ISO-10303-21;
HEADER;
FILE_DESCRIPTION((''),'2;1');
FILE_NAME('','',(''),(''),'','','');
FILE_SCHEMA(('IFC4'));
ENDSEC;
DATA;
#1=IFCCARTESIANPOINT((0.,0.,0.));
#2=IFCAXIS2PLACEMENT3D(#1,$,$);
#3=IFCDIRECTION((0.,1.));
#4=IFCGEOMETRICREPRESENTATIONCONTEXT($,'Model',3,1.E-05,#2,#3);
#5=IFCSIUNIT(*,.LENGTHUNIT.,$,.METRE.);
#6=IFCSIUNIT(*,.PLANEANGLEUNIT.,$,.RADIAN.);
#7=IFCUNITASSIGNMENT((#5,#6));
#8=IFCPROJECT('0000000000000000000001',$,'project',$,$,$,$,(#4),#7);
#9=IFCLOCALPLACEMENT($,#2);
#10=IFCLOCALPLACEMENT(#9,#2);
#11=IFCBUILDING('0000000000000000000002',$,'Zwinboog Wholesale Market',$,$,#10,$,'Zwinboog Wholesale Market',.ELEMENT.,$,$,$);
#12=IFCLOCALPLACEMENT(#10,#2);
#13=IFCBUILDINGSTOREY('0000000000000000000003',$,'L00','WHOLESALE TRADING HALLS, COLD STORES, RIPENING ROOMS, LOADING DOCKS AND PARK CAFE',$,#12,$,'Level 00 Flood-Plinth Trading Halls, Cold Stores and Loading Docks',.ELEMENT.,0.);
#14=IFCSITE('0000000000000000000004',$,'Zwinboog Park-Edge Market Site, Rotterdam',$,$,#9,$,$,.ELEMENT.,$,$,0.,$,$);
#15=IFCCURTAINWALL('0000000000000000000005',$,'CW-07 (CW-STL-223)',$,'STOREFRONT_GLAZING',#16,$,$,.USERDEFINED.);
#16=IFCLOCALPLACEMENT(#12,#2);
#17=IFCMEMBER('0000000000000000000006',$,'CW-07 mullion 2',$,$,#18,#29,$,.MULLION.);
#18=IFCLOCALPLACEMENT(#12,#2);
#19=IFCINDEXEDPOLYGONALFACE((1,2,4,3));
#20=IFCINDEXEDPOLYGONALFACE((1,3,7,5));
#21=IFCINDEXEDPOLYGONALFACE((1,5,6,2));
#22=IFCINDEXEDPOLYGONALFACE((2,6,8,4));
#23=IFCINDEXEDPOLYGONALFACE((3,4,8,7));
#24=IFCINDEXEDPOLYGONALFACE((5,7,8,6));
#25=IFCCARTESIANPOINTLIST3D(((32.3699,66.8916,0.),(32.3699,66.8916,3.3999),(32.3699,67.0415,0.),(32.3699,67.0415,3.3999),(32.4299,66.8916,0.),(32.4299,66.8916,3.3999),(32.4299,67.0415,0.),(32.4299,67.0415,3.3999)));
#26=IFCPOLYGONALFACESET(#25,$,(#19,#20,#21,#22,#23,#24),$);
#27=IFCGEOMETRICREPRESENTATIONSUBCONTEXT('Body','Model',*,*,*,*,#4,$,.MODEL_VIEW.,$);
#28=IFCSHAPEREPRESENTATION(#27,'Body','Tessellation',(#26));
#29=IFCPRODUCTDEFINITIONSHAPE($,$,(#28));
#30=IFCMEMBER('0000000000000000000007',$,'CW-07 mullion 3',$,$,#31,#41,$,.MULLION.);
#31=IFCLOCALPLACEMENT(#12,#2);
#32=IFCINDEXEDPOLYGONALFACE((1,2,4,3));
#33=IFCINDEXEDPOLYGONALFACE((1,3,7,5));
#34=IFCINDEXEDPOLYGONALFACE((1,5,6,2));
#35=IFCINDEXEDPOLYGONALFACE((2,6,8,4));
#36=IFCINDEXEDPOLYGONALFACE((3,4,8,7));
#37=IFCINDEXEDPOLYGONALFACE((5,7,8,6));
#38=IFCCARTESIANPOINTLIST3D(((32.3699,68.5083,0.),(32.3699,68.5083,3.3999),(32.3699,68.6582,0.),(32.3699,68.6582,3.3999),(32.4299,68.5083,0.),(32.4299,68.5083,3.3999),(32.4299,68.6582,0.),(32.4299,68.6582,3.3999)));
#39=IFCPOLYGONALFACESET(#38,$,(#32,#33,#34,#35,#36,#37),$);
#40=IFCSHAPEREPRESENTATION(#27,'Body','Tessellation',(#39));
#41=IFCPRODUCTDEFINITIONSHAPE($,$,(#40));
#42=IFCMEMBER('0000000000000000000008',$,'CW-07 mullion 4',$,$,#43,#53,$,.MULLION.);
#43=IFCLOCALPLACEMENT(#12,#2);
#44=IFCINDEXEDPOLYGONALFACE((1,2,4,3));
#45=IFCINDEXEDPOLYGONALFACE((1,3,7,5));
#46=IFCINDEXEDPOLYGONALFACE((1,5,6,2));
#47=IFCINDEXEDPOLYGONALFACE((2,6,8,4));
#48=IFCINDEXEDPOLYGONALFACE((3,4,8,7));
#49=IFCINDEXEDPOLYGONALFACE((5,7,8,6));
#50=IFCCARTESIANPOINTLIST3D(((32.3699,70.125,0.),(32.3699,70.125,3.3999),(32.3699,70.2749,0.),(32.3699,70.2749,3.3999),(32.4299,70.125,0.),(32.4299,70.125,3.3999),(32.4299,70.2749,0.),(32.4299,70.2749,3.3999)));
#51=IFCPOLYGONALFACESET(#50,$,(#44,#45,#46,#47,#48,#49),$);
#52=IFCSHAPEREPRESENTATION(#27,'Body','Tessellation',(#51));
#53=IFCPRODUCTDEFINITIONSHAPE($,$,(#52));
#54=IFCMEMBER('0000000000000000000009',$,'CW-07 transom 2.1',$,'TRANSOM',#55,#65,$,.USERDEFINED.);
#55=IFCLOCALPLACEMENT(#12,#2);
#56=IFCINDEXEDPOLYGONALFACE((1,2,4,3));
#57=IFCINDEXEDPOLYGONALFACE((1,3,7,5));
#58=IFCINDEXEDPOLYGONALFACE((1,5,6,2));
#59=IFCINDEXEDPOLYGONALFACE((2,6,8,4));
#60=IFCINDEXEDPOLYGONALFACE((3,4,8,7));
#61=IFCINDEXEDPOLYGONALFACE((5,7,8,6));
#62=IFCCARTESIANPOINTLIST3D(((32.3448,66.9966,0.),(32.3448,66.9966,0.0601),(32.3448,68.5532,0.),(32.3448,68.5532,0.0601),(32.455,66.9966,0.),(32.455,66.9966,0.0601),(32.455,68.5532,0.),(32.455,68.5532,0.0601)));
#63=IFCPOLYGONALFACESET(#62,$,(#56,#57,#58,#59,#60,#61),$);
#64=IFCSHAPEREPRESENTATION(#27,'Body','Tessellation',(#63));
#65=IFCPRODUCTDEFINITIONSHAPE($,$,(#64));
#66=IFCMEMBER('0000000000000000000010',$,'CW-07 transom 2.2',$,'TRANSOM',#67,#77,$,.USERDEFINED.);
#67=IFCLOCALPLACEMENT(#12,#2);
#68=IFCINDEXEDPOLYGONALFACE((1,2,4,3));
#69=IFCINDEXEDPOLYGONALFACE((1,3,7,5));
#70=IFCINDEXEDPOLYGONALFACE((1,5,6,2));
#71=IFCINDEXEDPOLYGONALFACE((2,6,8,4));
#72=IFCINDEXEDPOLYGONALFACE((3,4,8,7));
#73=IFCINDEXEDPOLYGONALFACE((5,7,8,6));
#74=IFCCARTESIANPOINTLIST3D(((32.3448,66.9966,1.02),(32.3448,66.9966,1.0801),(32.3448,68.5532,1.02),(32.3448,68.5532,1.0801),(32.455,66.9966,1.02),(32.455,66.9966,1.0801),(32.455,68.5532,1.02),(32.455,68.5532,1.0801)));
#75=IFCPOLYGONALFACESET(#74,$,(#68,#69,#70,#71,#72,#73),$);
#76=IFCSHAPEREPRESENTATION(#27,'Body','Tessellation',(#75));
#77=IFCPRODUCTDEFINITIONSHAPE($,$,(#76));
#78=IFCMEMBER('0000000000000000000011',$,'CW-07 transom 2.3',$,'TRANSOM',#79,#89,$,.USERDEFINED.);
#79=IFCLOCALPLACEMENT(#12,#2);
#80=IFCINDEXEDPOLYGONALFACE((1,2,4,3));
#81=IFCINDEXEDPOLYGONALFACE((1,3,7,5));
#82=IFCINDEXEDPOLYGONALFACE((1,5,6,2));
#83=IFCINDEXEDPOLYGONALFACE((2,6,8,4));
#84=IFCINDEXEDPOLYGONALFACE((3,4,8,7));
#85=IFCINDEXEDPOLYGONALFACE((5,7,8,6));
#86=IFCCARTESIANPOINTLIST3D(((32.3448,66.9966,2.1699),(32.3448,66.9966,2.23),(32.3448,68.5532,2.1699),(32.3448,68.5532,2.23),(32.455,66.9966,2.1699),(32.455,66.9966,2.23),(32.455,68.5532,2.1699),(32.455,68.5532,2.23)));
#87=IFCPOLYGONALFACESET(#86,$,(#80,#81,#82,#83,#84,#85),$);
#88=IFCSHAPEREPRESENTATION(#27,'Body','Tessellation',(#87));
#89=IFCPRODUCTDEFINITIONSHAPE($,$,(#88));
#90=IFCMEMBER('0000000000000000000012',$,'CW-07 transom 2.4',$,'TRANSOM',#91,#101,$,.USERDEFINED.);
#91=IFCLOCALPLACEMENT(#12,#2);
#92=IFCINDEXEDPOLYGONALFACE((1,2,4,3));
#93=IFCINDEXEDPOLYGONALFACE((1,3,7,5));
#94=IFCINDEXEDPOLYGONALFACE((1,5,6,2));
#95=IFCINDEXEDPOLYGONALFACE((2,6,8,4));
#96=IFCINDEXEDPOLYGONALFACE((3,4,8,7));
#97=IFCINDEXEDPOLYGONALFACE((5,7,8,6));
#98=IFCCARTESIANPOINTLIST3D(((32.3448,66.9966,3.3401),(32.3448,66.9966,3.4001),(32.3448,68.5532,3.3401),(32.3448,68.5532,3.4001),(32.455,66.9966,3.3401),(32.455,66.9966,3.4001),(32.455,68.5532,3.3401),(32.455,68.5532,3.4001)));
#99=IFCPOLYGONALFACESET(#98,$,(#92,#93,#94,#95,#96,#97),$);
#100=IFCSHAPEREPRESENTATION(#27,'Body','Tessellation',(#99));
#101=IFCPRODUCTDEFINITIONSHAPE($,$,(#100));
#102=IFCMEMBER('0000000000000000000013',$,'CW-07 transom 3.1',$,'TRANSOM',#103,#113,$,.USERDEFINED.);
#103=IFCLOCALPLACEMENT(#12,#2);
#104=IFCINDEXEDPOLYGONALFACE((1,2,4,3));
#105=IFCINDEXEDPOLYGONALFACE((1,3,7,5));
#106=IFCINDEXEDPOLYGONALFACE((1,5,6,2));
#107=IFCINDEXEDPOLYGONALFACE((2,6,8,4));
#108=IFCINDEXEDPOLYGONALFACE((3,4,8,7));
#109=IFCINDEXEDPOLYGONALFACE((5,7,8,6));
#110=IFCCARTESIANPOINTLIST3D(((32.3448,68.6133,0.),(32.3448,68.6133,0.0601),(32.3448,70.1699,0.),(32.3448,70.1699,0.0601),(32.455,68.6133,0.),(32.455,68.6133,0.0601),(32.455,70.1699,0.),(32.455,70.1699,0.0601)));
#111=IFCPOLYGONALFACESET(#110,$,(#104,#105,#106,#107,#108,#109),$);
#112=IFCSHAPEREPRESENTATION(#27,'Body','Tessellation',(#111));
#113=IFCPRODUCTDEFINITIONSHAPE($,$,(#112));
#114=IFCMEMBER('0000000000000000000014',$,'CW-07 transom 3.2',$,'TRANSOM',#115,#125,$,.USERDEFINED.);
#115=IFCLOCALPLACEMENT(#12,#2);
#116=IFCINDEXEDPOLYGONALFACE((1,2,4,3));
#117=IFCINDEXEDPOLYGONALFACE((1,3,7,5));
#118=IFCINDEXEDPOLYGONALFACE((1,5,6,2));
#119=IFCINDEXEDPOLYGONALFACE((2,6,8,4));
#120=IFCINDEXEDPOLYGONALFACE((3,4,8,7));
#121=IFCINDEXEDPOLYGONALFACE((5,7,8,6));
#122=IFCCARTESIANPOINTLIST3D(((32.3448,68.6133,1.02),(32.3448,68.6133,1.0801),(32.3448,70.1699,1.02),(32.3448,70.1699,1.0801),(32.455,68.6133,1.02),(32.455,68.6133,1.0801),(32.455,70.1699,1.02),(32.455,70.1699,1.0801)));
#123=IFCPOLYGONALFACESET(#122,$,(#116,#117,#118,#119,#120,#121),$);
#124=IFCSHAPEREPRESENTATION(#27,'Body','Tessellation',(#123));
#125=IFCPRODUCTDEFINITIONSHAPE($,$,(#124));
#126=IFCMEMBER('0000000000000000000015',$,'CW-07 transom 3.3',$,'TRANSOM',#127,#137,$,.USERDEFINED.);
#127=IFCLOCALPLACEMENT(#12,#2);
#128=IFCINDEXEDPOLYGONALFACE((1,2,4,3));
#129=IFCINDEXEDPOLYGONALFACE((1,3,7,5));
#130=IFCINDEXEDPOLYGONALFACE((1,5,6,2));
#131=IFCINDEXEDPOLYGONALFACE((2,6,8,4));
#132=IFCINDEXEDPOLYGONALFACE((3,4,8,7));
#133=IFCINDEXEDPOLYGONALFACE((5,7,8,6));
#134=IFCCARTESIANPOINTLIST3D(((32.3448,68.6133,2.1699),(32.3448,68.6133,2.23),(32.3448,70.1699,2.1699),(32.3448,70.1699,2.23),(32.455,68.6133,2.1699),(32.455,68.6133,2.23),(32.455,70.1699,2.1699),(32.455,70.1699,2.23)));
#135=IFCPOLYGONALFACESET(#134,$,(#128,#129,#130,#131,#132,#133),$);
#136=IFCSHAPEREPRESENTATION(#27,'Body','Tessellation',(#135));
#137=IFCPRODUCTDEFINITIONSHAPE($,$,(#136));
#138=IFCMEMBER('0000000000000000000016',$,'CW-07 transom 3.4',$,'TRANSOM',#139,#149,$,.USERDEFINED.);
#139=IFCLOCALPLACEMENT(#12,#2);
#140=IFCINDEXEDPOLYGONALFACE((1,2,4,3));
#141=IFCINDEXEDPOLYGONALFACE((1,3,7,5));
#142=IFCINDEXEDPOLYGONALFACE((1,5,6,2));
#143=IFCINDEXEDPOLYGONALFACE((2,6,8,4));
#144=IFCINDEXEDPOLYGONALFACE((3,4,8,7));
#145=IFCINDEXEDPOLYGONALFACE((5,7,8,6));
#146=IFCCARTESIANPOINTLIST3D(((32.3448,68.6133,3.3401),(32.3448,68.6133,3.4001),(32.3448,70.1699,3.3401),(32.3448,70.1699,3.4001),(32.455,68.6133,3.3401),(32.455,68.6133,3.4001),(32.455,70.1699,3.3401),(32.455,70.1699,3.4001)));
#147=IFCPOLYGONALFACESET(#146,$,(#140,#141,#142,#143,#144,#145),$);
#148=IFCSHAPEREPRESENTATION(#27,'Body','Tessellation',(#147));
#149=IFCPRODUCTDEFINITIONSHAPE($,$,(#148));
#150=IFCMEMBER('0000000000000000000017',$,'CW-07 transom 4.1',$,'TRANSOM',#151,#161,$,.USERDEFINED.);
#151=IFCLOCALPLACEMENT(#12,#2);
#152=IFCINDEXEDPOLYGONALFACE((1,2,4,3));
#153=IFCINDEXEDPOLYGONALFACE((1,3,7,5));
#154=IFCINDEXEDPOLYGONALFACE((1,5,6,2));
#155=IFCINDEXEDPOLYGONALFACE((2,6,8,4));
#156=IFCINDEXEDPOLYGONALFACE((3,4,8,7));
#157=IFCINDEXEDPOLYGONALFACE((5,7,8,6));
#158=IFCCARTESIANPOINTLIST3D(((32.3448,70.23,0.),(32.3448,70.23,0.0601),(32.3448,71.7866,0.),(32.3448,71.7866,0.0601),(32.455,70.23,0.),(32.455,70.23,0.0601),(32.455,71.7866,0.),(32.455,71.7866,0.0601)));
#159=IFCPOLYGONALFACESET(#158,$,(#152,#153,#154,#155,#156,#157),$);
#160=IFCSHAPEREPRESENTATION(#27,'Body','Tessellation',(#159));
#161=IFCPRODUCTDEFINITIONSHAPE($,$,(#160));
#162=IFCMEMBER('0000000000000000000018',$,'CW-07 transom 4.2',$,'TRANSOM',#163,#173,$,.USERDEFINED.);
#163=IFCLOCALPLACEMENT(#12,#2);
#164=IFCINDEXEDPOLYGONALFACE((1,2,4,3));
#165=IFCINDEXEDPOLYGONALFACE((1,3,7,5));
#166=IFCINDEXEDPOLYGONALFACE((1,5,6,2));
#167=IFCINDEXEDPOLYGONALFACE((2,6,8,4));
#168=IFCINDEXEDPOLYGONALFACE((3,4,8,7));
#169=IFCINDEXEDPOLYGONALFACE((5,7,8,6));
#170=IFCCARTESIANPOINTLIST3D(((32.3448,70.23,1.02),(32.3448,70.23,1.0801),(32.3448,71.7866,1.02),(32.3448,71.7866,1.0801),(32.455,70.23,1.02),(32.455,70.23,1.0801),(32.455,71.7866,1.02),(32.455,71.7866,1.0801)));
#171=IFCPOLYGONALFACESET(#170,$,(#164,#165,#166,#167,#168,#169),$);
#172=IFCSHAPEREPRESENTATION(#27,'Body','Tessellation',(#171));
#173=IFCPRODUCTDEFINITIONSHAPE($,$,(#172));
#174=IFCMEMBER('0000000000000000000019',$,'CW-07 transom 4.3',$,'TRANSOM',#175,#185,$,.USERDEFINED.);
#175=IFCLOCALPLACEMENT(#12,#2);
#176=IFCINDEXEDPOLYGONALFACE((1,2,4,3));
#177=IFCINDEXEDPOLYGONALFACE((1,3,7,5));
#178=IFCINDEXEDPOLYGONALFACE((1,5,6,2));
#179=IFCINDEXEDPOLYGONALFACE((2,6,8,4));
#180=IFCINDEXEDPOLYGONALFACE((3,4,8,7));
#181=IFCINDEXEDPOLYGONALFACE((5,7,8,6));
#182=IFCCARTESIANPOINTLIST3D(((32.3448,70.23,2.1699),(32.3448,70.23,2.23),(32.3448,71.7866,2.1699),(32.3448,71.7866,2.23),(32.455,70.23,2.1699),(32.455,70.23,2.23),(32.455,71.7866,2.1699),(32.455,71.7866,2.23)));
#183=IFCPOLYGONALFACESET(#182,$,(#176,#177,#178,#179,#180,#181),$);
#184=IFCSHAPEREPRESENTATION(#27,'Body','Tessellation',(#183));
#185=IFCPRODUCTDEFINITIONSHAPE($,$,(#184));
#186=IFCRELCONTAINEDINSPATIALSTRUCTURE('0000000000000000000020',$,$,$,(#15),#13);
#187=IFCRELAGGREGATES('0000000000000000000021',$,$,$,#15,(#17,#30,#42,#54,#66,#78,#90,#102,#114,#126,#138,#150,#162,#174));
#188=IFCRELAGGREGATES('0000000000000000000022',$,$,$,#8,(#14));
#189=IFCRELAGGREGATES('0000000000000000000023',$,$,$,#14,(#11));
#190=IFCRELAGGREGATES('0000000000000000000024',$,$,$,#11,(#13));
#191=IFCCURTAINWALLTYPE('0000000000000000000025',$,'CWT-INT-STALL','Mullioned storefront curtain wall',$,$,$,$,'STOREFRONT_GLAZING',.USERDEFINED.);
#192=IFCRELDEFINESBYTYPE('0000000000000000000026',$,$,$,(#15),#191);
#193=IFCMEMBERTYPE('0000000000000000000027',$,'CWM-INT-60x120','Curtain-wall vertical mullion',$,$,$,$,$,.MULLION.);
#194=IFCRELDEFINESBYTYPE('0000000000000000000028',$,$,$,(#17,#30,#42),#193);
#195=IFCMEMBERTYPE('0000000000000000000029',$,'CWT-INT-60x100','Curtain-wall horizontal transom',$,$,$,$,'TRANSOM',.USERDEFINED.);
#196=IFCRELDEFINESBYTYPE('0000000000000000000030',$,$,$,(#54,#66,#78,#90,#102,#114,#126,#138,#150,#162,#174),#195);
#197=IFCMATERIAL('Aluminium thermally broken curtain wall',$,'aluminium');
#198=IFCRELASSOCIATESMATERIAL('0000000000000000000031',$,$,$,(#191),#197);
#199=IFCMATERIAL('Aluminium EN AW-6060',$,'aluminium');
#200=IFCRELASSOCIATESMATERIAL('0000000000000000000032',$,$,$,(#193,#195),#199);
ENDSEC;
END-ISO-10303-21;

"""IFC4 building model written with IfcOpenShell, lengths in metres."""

from ifc_helpers import new_model, si_unit, direction, frame, origin, origin_2d, place, context, subcontext, project, spatial, rectangle, extrude, material, material_profile, profile_set, type_object, element, aggregate, save


model = new_model("IFC4")

# Units and contexts
model_context = context("Model", 3, precision=1e-05, world=origin(), true_north=direction((0.0, 1.0)))
body_context = subcontext(model_context, "Body", "Model", "MODEL_VIEW")
ifc_project = project(units=[si_unit("LENGTHUNIT", "METRE"), si_unit("PLANEANGLEUNIT", "RADIAN")], contexts=[model_context])

# Site, building, storey
site_placement = place(None, origin())
site = spatial("IfcSite", under=ifc_project, at=site_placement, Name="Zwinboog Park-Edge Market Site, Rotterdam", CompositionType="ELEMENT", RefElevation=0.0)
building_placement = place(site_placement, origin())
building = spatial("IfcBuilding", under=site, at=building_placement, Name="Zwinboog Wholesale Market", LongName="Zwinboog Wholesale Market", CompositionType="ELEMENT")
storey_placement = place(building_placement, origin())
storey = spatial("IfcBuildingStorey", under=building, at=storey_placement, Name="L00", Description="WHOLESALE TRADING HALLS, COLD STORES, RIPENING ROOMS, LOADING DOCKS AND PARK CAFE", LongName="Level 00 Flood-Plinth Trading Halls, Cold Stores and Loading Docks", CompositionType="ELEMENT", Elevation=0.0)

# Curtain wall, members
ifc_material_1 = material(Name="Aluminium thermally broken curtain wall", Category="aluminium")
curtain_wall_type = type_object("IfcCurtainWallType", Name="CWT-INT-STALL", Description="Mullioned storefront curtain wall", ElementType="STOREFRONT_GLAZING", PredefinedType="USERDEFINED", material=ifc_material_1)
curtain_wall_placement = place(storey_placement, origin())
curtain_wall = element("IfcCurtainWall", 1, at=curtain_wall_placement, inside=storey, type_object=curtain_wall_type, Name="CW-07 (CW-STL-223)", ObjectType="STOREFRONT_GLAZING", PredefinedType="USERDEFINED")
ifc_material_2 = material(Name="Aluminium EN AW-6060", Category="aluminium")
ifc_material_profile_1 = material_profile(ifc_material_2, rectangle(XDim=0.0601, YDim=0.1499, at=origin_2d()), Name="AL 60x150")
ifc_profile_set_1 = profile_set([ifc_material_profile_1], Name="Aluminium EN AW-6060")
member_type_1 = type_object("IfcMemberType", Name="CWM-INT-60x120", Description="Curtain-wall vertical mullion", PredefinedType="MULLION", material=ifc_profile_set_1)
member_1_placement = place(storey_placement, frame((32.3999, 66.9666, 0.0), z_axis=(0.0, 0.0, 1.0), x_axis=(-1.0, 0.0, 0.0)))
member_1 = element("IfcMember", 2, at=member_1_placement, type_object=member_type_1, Name="CW-07 mullion 2", PredefinedType="MULLION", context=body_context, shape_type="SweptSolid", body=[
    extrude(rectangle(XDim=0.0601, YDim=0.1499, at=origin_2d()), origin(), (0.0, 0.0, 1.0), 3.3999),
])
member_2_placement = place(storey_placement, frame((32.3999, 68.5833, 0.0), z_axis=(0.0, 0.0, 1.0), x_axis=(-1.0, 0.0, 0.0)))
member_2 = element("IfcMember", 3, at=member_2_placement, type_object=member_type_1, Name="CW-07 mullion 3", PredefinedType="MULLION", context=body_context, shape_type="SweptSolid", body=[
    extrude(rectangle(XDim=0.0601, YDim=0.1499, at=origin_2d()), origin(), (0.0, 0.0, 1.0), 3.3999),
])
member_3_placement = place(storey_placement, frame((32.3999, 70.2, 0.0), z_axis=(0.0, 0.0, 1.0), x_axis=(-1.0, 0.0, 0.0)))
member_3 = element("IfcMember", 4, at=member_3_placement, type_object=member_type_1, Name="CW-07 mullion 4", PredefinedType="MULLION", context=body_context, shape_type="SweptSolid", body=[
    extrude(rectangle(XDim=0.0601, YDim=0.1499, at=origin_2d()), origin(), (0.0, 0.0, 1.0), 3.3999),
])
ifc_material_profile_2 = material_profile(ifc_material_2, rectangle(XDim=0.1101, YDim=0.0601, at=origin_2d()), Name="AL 60x110")
ifc_profile_set_2 = profile_set([ifc_material_profile_2], Name="Aluminium EN AW-6060")
member_type_2 = type_object("IfcMemberType", Name="CWT-INT-60x100", Description="Curtain-wall horizontal transom", ElementType="TRANSOM", PredefinedType="USERDEFINED", material=ifc_profile_set_2)
member_4_placement = place(storey_placement, frame((32.3999, 66.9966, 0.03), z_axis=(0.0, 1.0, 0.0), x_axis=(-1.0, 0.0, 0.0)))
member_4 = element("IfcMember", 5, at=member_4_placement, type_object=member_type_2, Name="CW-07 transom 2.1", ObjectType="TRANSOM", PredefinedType="USERDEFINED", context=body_context, shape_type="SweptSolid", body=[
    extrude(rectangle(XDim=0.1101, YDim=0.0601, at=origin_2d()), origin(), (0.0, 0.0, 1.0), 1.5566),
])
member_5_placement = place(storey_placement, frame((32.3999, 66.9966, 1.05), z_axis=(0.0, 1.0, 0.0), x_axis=(-1.0, 0.0, 0.0)))
member_5 = element("IfcMember", 6, at=member_5_placement, type_object=member_type_2, Name="CW-07 transom 2.2", ObjectType="TRANSOM", PredefinedType="USERDEFINED", context=body_context, shape_type="SweptSolid", body=[
    extrude(rectangle(XDim=0.1101, YDim=0.0601, at=origin_2d()), origin(), (0.0, 0.0, 1.0), 1.5566),
])
member_6_placement = place(storey_placement, frame((32.3999, 66.9966, 2.2), z_axis=(0.0, 1.0, 0.0), x_axis=(-1.0, 0.0, 0.0)))
member_6 = element("IfcMember", 7, at=member_6_placement, type_object=member_type_2, Name="CW-07 transom 2.3", ObjectType="TRANSOM", PredefinedType="USERDEFINED", context=body_context, shape_type="SweptSolid", body=[
    extrude(rectangle(XDim=0.1101, YDim=0.0601, at=origin_2d()), origin(), (0.0, 0.0, 1.0), 1.5566),
])
member_7_placement = place(storey_placement, frame((32.3999, 66.9966, 3.3701), z_axis=(0.0, 1.0, 0.0), x_axis=(-1.0, 0.0, 0.0)))
member_7 = element("IfcMember", 8, at=member_7_placement, type_object=member_type_2, Name="CW-07 transom 2.4", ObjectType="TRANSOM", PredefinedType="USERDEFINED", context=body_context, shape_type="SweptSolid", body=[
    extrude(rectangle(XDim=0.1101, YDim=0.0601, at=origin_2d()), origin(), (0.0, 0.0, 1.0), 1.5566),
])
member_8_placement = place(storey_placement, frame((32.3999, 68.6133, 0.03), z_axis=(0.0, 1.0, 0.0), x_axis=(-1.0, 0.0, 0.0)))
member_8 = element("IfcMember", 9, at=member_8_placement, type_object=member_type_2, Name="CW-07 transom 3.1", ObjectType="TRANSOM", PredefinedType="USERDEFINED", context=body_context, shape_type="SweptSolid", body=[
    extrude(rectangle(XDim=0.1101, YDim=0.0601, at=origin_2d()), origin(), (0.0, 0.0, 1.0), 1.5566),
])
member_9_placement = place(storey_placement, frame((32.3999, 68.6133, 1.05), z_axis=(0.0, 1.0, 0.0), x_axis=(-1.0, 0.0, 0.0)))
member_9 = element("IfcMember", 10, at=member_9_placement, type_object=member_type_2, Name="CW-07 transom 3.2", ObjectType="TRANSOM", PredefinedType="USERDEFINED", context=body_context, shape_type="SweptSolid", body=[
    extrude(rectangle(XDim=0.1101, YDim=0.0601, at=origin_2d()), origin(), (0.0, 0.0, 1.0), 1.5566),
])
member_10_placement = place(storey_placement, frame((32.3999, 68.6133, 2.2), z_axis=(0.0, 1.0, 0.0), x_axis=(-1.0, 0.0, 0.0)))
member_10 = element("IfcMember", 11, at=member_10_placement, type_object=member_type_2, Name="CW-07 transom 3.3", ObjectType="TRANSOM", PredefinedType="USERDEFINED", context=body_context, shape_type="SweptSolid", body=[
    extrude(rectangle(XDim=0.1101, YDim=0.0601, at=origin_2d()), origin(), (0.0, 0.0, 1.0), 1.5566),
])
member_11_placement = place(storey_placement, frame((32.3999, 68.6133, 3.3701), z_axis=(0.0, 1.0, 0.0), x_axis=(-1.0, 0.0, 0.0)))
member_11 = element("IfcMember", 12, at=member_11_placement, type_object=member_type_2, Name="CW-07 transom 3.4", ObjectType="TRANSOM", PredefinedType="USERDEFINED", context=body_context, shape_type="SweptSolid", body=[
    extrude(rectangle(XDim=0.1101, YDim=0.0601, at=origin_2d()), origin(), (0.0, 0.0, 1.0), 1.5566),
])
member_12_placement = place(storey_placement, frame((32.3999, 70.23, 0.03), z_axis=(0.0, 1.0, 0.0), x_axis=(-1.0, 0.0, 0.0)))
member_12 = element("IfcMember", 13, at=member_12_placement, type_object=member_type_2, Name="CW-07 transom 4.1", ObjectType="TRANSOM", PredefinedType="USERDEFINED", context=body_context, shape_type="SweptSolid", body=[
    extrude(rectangle(XDim=0.1101, YDim=0.0601, at=origin_2d()), origin(), (0.0, 0.0, 1.0), 1.5566),
])
member_13_placement = place(storey_placement, frame((32.3999, 70.23, 1.05), z_axis=(0.0, 1.0, 0.0), x_axis=(-1.0, 0.0, 0.0)))
member_13 = element("IfcMember", 14, at=member_13_placement, type_object=member_type_2, Name="CW-07 transom 4.2", ObjectType="TRANSOM", PredefinedType="USERDEFINED", context=body_context, shape_type="SweptSolid", body=[
    extrude(rectangle(XDim=0.1101, YDim=0.0601, at=origin_2d()), origin(), (0.0, 0.0, 1.0), 1.5566),
])
member_14_placement = place(storey_placement, frame((32.3999, 70.23, 2.2), z_axis=(0.0, 1.0, 0.0), x_axis=(-1.0, 0.0, 0.0)))
member_14 = element("IfcMember", 15, at=member_14_placement, type_object=member_type_2, Name="CW-07 transom 4.3", ObjectType="TRANSOM", PredefinedType="USERDEFINED", context=body_context, shape_type="SweptSolid", body=[
    extrude(rectangle(XDim=0.1101, YDim=0.0601, at=origin_2d()), origin(), (0.0, 0.0, 1.0), 1.5566),
])
aggregate(curtain_wall, [member_1, member_2, member_3, member_4, member_5, member_6, member_7, member_8, member_9, member_10, member_11, member_12, member_13, member_14])

save(model, "model.ifc")
